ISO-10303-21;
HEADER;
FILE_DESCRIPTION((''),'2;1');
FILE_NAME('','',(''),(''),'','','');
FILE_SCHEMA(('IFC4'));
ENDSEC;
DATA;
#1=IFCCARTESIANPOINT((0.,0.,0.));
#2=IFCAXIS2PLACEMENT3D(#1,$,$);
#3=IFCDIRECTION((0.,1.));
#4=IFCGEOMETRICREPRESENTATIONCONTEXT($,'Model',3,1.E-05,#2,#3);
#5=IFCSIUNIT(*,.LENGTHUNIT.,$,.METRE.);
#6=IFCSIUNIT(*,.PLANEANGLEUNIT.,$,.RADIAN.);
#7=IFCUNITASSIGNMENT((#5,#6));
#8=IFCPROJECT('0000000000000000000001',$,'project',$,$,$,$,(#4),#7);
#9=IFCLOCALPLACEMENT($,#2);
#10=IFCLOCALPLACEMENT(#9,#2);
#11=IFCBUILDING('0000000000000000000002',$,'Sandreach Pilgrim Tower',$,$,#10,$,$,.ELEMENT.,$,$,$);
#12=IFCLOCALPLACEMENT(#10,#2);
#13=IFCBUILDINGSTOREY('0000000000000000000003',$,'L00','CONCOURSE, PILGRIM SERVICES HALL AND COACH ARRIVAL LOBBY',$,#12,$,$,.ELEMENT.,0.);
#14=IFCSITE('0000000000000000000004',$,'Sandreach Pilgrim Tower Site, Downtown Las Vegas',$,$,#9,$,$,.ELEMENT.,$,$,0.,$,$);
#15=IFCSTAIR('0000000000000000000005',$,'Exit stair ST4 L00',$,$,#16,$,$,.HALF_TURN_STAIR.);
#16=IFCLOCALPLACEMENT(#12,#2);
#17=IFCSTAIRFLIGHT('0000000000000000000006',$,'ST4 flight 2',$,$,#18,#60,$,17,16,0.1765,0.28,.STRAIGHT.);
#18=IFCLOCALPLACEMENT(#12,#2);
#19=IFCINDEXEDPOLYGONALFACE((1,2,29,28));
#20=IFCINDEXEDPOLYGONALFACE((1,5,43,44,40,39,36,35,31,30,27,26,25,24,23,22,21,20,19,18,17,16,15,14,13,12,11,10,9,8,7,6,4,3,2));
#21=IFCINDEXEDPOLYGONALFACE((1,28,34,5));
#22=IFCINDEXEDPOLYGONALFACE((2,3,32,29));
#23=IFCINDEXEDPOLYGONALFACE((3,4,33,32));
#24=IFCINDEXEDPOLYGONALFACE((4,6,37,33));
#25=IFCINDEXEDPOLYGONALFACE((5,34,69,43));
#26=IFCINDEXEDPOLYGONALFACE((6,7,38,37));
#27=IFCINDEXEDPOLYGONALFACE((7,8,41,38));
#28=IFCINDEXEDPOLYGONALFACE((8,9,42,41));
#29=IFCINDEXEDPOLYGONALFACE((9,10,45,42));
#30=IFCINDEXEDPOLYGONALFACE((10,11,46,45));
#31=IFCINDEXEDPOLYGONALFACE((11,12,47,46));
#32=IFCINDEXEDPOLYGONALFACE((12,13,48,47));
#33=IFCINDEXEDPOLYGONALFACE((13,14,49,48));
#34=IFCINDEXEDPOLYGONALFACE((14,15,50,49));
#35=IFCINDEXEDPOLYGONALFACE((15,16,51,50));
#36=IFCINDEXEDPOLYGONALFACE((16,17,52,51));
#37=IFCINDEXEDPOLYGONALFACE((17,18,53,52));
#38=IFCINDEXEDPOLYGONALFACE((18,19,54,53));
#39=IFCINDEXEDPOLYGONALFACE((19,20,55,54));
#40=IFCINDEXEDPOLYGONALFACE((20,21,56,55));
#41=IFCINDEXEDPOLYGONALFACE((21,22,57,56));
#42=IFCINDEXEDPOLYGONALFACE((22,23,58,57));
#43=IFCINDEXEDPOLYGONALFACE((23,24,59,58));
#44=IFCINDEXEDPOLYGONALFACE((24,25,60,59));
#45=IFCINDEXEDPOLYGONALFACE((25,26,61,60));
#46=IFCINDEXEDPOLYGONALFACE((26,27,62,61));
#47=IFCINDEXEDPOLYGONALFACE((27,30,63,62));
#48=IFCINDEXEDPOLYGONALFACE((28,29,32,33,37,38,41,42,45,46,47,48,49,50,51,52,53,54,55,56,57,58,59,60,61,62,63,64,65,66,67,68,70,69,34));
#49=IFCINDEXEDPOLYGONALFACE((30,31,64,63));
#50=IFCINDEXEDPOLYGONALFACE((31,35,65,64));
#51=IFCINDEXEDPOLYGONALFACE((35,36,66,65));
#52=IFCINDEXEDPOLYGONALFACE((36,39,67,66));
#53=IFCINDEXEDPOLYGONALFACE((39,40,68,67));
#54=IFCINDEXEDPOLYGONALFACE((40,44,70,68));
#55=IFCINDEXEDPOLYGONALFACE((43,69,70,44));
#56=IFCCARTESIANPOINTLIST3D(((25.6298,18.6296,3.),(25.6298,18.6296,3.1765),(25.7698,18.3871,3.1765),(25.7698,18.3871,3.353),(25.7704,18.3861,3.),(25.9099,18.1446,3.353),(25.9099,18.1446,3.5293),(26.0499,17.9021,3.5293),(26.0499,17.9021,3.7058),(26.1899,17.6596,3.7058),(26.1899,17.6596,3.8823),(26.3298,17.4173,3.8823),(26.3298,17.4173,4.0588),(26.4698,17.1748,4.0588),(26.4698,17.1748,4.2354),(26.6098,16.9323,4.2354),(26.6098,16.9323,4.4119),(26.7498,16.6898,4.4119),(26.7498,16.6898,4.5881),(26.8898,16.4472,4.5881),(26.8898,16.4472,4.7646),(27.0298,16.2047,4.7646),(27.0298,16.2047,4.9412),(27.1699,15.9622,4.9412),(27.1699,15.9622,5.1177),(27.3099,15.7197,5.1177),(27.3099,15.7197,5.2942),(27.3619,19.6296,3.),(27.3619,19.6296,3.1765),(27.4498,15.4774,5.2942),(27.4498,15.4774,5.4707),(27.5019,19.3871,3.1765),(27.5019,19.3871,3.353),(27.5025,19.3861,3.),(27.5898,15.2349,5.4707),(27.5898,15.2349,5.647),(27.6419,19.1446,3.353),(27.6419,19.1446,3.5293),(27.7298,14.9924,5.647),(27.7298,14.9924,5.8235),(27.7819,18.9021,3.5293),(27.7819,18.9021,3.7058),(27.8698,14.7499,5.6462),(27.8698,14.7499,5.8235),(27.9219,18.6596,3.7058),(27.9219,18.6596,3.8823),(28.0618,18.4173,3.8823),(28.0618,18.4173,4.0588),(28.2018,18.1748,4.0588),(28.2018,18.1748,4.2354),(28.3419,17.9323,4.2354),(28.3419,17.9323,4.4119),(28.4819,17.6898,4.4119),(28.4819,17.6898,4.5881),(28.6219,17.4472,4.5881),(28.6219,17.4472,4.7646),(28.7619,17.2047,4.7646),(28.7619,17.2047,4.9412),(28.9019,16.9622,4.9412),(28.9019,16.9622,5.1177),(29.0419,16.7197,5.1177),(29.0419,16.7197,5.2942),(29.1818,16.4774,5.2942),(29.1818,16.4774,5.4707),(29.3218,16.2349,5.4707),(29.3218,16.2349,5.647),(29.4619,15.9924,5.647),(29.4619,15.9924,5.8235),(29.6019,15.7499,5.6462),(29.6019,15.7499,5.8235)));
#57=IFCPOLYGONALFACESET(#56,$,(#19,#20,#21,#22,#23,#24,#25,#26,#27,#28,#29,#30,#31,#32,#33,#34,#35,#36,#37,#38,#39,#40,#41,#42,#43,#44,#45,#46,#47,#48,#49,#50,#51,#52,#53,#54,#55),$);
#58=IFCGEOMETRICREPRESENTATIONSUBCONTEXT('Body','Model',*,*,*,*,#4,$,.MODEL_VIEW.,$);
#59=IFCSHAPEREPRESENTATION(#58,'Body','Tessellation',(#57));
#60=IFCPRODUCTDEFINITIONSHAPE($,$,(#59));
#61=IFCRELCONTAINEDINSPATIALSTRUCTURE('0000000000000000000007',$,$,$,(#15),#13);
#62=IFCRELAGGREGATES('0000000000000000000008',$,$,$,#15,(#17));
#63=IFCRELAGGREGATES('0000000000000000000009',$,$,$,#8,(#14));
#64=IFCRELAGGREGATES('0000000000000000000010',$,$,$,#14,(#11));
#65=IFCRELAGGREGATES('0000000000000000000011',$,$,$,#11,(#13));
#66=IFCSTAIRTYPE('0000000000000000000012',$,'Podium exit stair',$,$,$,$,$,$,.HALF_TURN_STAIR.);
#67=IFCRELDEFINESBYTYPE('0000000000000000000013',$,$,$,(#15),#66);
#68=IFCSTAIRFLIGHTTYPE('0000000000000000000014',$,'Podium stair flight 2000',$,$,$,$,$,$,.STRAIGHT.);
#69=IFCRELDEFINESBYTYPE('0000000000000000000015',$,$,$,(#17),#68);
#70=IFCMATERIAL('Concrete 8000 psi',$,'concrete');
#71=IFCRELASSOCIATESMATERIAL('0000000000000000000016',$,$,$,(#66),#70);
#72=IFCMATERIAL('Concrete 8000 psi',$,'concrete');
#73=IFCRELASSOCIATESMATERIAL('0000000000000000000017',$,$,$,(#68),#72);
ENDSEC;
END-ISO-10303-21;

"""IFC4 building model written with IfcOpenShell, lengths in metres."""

from ifc_helpers import new_model, si_unit, direction, frame, origin, place, context, subcontext, project, spatial, polyline, outline, extrude, material, type_object, element, aggregate, save


model = new_model("IFC4")

# Units and contexts
model_context = context("Model", 3, precision=1e-05, world=origin(), true_north=direction((0.0, 1.0)))
body_context = subcontext(model_context, "Body", "Model", "MODEL_VIEW")
ifc_project = project(units=[si_unit("LENGTHUNIT", "METRE"), si_unit("PLANEANGLEUNIT", "RADIAN")], contexts=[model_context])

# Site, building, storey
site_placement = place(None, origin())
site = spatial("IfcSite", under=ifc_project, at=site_placement, Name="Sandreach Pilgrim Tower Site, Downtown Las Vegas", CompositionType="ELEMENT", RefElevation=0.0)
building_placement = place(site_placement, origin())
building = spatial("IfcBuilding", under=site, at=building_placement, Name="Sandreach Pilgrim Tower", CompositionType="ELEMENT")
storey_placement = place(building_placement, origin())
storey = spatial("IfcBuildingStorey", under=building, at=storey_placement, Name="L00", Description="CONCOURSE, PILGRIM SERVICES HALL AND COACH ARRIVAL LOBBY", CompositionType="ELEMENT", Elevation=0.0)

# Stair, stair flight
ifc_material_1 = material(Name="Concrete 8000 psi", Category="concrete")
stair_type = type_object("IfcStairType", Name="Podium exit stair", PredefinedType="HALF_TURN_STAIR", material=ifc_material_1)
stair_placement = place(storey_placement, origin())
stair = element("IfcStair", 1, at=stair_placement, inside=storey, type_object=stair_type, Name="Exit stair ST4 L00", PredefinedType="HALF_TURN_STAIR")
ifc_material_2 = material(Name="Concrete 8000 psi", Category="concrete")
stair_flight_type = type_object("IfcStairFlightType", Name="Podium stair flight 2000", PredefinedType="STRAIGHT", material=ifc_material_2)
stair_flight_placement = place(storey_placement, frame((26.4958, 19.1296, 3.0), z_axis=(0.0, 0.0, 1.0), x_axis=(0.5, -0.866025, 0.0)))
stair_flight = element("IfcStairFlight", 2, at=stair_flight_placement, type_object=stair_flight_type, Name="ST4 flight 2", NumberOfRisers=17, NumberOfTreads=16, PredefinedType="STRAIGHT", RiserHeight=0.1765, TreadLength=0.28, context=body_context, shape_type="SweptSolid", body=[
    extrude(outline(polyline([(0.0, 0.0), (0.0, 0.1765), (0.28, 0.1765), (0.28, 0.353), (0.5601, 0.353), (0.5601, 0.5293), (0.8401, 0.5293), (0.8401, 0.7058), (1.1201, 0.7058), (1.1201, 0.8823), (1.3999, 0.8823), (1.3999, 1.0588), (1.6799, 1.0588), (1.6799, 1.2354), (1.96, 1.2354), (1.96, 1.4119), (2.24, 1.4119), (2.24, 1.5881), (2.52, 1.5881), (2.52, 1.7646), (2.8, 1.7646), (2.8, 1.9412), (3.0801, 1.9412), (3.0801, 2.1177), (3.3601, 2.1177), (3.3601, 2.2942), (3.6399, 2.2942), (3.6399, 2.4707), (3.9199, 2.4707), (3.9199, 2.647), (4.2, 2.647), (4.2, 2.8235), (4.48, 2.8235), (4.48, 3.0), (4.48, 2.6462), (0.2812, 0.0), (0.0, 0.0)])), frame((0.0, 1.0, 0.0), z_axis=(0.0, -1.0, 0.0), x_axis=(1.0, 0.0, 0.0)), (0.0, 0.0, 1.0), 2.0),
])
aggregate(stair, [stair_flight])

save(model, "model.ifc")
